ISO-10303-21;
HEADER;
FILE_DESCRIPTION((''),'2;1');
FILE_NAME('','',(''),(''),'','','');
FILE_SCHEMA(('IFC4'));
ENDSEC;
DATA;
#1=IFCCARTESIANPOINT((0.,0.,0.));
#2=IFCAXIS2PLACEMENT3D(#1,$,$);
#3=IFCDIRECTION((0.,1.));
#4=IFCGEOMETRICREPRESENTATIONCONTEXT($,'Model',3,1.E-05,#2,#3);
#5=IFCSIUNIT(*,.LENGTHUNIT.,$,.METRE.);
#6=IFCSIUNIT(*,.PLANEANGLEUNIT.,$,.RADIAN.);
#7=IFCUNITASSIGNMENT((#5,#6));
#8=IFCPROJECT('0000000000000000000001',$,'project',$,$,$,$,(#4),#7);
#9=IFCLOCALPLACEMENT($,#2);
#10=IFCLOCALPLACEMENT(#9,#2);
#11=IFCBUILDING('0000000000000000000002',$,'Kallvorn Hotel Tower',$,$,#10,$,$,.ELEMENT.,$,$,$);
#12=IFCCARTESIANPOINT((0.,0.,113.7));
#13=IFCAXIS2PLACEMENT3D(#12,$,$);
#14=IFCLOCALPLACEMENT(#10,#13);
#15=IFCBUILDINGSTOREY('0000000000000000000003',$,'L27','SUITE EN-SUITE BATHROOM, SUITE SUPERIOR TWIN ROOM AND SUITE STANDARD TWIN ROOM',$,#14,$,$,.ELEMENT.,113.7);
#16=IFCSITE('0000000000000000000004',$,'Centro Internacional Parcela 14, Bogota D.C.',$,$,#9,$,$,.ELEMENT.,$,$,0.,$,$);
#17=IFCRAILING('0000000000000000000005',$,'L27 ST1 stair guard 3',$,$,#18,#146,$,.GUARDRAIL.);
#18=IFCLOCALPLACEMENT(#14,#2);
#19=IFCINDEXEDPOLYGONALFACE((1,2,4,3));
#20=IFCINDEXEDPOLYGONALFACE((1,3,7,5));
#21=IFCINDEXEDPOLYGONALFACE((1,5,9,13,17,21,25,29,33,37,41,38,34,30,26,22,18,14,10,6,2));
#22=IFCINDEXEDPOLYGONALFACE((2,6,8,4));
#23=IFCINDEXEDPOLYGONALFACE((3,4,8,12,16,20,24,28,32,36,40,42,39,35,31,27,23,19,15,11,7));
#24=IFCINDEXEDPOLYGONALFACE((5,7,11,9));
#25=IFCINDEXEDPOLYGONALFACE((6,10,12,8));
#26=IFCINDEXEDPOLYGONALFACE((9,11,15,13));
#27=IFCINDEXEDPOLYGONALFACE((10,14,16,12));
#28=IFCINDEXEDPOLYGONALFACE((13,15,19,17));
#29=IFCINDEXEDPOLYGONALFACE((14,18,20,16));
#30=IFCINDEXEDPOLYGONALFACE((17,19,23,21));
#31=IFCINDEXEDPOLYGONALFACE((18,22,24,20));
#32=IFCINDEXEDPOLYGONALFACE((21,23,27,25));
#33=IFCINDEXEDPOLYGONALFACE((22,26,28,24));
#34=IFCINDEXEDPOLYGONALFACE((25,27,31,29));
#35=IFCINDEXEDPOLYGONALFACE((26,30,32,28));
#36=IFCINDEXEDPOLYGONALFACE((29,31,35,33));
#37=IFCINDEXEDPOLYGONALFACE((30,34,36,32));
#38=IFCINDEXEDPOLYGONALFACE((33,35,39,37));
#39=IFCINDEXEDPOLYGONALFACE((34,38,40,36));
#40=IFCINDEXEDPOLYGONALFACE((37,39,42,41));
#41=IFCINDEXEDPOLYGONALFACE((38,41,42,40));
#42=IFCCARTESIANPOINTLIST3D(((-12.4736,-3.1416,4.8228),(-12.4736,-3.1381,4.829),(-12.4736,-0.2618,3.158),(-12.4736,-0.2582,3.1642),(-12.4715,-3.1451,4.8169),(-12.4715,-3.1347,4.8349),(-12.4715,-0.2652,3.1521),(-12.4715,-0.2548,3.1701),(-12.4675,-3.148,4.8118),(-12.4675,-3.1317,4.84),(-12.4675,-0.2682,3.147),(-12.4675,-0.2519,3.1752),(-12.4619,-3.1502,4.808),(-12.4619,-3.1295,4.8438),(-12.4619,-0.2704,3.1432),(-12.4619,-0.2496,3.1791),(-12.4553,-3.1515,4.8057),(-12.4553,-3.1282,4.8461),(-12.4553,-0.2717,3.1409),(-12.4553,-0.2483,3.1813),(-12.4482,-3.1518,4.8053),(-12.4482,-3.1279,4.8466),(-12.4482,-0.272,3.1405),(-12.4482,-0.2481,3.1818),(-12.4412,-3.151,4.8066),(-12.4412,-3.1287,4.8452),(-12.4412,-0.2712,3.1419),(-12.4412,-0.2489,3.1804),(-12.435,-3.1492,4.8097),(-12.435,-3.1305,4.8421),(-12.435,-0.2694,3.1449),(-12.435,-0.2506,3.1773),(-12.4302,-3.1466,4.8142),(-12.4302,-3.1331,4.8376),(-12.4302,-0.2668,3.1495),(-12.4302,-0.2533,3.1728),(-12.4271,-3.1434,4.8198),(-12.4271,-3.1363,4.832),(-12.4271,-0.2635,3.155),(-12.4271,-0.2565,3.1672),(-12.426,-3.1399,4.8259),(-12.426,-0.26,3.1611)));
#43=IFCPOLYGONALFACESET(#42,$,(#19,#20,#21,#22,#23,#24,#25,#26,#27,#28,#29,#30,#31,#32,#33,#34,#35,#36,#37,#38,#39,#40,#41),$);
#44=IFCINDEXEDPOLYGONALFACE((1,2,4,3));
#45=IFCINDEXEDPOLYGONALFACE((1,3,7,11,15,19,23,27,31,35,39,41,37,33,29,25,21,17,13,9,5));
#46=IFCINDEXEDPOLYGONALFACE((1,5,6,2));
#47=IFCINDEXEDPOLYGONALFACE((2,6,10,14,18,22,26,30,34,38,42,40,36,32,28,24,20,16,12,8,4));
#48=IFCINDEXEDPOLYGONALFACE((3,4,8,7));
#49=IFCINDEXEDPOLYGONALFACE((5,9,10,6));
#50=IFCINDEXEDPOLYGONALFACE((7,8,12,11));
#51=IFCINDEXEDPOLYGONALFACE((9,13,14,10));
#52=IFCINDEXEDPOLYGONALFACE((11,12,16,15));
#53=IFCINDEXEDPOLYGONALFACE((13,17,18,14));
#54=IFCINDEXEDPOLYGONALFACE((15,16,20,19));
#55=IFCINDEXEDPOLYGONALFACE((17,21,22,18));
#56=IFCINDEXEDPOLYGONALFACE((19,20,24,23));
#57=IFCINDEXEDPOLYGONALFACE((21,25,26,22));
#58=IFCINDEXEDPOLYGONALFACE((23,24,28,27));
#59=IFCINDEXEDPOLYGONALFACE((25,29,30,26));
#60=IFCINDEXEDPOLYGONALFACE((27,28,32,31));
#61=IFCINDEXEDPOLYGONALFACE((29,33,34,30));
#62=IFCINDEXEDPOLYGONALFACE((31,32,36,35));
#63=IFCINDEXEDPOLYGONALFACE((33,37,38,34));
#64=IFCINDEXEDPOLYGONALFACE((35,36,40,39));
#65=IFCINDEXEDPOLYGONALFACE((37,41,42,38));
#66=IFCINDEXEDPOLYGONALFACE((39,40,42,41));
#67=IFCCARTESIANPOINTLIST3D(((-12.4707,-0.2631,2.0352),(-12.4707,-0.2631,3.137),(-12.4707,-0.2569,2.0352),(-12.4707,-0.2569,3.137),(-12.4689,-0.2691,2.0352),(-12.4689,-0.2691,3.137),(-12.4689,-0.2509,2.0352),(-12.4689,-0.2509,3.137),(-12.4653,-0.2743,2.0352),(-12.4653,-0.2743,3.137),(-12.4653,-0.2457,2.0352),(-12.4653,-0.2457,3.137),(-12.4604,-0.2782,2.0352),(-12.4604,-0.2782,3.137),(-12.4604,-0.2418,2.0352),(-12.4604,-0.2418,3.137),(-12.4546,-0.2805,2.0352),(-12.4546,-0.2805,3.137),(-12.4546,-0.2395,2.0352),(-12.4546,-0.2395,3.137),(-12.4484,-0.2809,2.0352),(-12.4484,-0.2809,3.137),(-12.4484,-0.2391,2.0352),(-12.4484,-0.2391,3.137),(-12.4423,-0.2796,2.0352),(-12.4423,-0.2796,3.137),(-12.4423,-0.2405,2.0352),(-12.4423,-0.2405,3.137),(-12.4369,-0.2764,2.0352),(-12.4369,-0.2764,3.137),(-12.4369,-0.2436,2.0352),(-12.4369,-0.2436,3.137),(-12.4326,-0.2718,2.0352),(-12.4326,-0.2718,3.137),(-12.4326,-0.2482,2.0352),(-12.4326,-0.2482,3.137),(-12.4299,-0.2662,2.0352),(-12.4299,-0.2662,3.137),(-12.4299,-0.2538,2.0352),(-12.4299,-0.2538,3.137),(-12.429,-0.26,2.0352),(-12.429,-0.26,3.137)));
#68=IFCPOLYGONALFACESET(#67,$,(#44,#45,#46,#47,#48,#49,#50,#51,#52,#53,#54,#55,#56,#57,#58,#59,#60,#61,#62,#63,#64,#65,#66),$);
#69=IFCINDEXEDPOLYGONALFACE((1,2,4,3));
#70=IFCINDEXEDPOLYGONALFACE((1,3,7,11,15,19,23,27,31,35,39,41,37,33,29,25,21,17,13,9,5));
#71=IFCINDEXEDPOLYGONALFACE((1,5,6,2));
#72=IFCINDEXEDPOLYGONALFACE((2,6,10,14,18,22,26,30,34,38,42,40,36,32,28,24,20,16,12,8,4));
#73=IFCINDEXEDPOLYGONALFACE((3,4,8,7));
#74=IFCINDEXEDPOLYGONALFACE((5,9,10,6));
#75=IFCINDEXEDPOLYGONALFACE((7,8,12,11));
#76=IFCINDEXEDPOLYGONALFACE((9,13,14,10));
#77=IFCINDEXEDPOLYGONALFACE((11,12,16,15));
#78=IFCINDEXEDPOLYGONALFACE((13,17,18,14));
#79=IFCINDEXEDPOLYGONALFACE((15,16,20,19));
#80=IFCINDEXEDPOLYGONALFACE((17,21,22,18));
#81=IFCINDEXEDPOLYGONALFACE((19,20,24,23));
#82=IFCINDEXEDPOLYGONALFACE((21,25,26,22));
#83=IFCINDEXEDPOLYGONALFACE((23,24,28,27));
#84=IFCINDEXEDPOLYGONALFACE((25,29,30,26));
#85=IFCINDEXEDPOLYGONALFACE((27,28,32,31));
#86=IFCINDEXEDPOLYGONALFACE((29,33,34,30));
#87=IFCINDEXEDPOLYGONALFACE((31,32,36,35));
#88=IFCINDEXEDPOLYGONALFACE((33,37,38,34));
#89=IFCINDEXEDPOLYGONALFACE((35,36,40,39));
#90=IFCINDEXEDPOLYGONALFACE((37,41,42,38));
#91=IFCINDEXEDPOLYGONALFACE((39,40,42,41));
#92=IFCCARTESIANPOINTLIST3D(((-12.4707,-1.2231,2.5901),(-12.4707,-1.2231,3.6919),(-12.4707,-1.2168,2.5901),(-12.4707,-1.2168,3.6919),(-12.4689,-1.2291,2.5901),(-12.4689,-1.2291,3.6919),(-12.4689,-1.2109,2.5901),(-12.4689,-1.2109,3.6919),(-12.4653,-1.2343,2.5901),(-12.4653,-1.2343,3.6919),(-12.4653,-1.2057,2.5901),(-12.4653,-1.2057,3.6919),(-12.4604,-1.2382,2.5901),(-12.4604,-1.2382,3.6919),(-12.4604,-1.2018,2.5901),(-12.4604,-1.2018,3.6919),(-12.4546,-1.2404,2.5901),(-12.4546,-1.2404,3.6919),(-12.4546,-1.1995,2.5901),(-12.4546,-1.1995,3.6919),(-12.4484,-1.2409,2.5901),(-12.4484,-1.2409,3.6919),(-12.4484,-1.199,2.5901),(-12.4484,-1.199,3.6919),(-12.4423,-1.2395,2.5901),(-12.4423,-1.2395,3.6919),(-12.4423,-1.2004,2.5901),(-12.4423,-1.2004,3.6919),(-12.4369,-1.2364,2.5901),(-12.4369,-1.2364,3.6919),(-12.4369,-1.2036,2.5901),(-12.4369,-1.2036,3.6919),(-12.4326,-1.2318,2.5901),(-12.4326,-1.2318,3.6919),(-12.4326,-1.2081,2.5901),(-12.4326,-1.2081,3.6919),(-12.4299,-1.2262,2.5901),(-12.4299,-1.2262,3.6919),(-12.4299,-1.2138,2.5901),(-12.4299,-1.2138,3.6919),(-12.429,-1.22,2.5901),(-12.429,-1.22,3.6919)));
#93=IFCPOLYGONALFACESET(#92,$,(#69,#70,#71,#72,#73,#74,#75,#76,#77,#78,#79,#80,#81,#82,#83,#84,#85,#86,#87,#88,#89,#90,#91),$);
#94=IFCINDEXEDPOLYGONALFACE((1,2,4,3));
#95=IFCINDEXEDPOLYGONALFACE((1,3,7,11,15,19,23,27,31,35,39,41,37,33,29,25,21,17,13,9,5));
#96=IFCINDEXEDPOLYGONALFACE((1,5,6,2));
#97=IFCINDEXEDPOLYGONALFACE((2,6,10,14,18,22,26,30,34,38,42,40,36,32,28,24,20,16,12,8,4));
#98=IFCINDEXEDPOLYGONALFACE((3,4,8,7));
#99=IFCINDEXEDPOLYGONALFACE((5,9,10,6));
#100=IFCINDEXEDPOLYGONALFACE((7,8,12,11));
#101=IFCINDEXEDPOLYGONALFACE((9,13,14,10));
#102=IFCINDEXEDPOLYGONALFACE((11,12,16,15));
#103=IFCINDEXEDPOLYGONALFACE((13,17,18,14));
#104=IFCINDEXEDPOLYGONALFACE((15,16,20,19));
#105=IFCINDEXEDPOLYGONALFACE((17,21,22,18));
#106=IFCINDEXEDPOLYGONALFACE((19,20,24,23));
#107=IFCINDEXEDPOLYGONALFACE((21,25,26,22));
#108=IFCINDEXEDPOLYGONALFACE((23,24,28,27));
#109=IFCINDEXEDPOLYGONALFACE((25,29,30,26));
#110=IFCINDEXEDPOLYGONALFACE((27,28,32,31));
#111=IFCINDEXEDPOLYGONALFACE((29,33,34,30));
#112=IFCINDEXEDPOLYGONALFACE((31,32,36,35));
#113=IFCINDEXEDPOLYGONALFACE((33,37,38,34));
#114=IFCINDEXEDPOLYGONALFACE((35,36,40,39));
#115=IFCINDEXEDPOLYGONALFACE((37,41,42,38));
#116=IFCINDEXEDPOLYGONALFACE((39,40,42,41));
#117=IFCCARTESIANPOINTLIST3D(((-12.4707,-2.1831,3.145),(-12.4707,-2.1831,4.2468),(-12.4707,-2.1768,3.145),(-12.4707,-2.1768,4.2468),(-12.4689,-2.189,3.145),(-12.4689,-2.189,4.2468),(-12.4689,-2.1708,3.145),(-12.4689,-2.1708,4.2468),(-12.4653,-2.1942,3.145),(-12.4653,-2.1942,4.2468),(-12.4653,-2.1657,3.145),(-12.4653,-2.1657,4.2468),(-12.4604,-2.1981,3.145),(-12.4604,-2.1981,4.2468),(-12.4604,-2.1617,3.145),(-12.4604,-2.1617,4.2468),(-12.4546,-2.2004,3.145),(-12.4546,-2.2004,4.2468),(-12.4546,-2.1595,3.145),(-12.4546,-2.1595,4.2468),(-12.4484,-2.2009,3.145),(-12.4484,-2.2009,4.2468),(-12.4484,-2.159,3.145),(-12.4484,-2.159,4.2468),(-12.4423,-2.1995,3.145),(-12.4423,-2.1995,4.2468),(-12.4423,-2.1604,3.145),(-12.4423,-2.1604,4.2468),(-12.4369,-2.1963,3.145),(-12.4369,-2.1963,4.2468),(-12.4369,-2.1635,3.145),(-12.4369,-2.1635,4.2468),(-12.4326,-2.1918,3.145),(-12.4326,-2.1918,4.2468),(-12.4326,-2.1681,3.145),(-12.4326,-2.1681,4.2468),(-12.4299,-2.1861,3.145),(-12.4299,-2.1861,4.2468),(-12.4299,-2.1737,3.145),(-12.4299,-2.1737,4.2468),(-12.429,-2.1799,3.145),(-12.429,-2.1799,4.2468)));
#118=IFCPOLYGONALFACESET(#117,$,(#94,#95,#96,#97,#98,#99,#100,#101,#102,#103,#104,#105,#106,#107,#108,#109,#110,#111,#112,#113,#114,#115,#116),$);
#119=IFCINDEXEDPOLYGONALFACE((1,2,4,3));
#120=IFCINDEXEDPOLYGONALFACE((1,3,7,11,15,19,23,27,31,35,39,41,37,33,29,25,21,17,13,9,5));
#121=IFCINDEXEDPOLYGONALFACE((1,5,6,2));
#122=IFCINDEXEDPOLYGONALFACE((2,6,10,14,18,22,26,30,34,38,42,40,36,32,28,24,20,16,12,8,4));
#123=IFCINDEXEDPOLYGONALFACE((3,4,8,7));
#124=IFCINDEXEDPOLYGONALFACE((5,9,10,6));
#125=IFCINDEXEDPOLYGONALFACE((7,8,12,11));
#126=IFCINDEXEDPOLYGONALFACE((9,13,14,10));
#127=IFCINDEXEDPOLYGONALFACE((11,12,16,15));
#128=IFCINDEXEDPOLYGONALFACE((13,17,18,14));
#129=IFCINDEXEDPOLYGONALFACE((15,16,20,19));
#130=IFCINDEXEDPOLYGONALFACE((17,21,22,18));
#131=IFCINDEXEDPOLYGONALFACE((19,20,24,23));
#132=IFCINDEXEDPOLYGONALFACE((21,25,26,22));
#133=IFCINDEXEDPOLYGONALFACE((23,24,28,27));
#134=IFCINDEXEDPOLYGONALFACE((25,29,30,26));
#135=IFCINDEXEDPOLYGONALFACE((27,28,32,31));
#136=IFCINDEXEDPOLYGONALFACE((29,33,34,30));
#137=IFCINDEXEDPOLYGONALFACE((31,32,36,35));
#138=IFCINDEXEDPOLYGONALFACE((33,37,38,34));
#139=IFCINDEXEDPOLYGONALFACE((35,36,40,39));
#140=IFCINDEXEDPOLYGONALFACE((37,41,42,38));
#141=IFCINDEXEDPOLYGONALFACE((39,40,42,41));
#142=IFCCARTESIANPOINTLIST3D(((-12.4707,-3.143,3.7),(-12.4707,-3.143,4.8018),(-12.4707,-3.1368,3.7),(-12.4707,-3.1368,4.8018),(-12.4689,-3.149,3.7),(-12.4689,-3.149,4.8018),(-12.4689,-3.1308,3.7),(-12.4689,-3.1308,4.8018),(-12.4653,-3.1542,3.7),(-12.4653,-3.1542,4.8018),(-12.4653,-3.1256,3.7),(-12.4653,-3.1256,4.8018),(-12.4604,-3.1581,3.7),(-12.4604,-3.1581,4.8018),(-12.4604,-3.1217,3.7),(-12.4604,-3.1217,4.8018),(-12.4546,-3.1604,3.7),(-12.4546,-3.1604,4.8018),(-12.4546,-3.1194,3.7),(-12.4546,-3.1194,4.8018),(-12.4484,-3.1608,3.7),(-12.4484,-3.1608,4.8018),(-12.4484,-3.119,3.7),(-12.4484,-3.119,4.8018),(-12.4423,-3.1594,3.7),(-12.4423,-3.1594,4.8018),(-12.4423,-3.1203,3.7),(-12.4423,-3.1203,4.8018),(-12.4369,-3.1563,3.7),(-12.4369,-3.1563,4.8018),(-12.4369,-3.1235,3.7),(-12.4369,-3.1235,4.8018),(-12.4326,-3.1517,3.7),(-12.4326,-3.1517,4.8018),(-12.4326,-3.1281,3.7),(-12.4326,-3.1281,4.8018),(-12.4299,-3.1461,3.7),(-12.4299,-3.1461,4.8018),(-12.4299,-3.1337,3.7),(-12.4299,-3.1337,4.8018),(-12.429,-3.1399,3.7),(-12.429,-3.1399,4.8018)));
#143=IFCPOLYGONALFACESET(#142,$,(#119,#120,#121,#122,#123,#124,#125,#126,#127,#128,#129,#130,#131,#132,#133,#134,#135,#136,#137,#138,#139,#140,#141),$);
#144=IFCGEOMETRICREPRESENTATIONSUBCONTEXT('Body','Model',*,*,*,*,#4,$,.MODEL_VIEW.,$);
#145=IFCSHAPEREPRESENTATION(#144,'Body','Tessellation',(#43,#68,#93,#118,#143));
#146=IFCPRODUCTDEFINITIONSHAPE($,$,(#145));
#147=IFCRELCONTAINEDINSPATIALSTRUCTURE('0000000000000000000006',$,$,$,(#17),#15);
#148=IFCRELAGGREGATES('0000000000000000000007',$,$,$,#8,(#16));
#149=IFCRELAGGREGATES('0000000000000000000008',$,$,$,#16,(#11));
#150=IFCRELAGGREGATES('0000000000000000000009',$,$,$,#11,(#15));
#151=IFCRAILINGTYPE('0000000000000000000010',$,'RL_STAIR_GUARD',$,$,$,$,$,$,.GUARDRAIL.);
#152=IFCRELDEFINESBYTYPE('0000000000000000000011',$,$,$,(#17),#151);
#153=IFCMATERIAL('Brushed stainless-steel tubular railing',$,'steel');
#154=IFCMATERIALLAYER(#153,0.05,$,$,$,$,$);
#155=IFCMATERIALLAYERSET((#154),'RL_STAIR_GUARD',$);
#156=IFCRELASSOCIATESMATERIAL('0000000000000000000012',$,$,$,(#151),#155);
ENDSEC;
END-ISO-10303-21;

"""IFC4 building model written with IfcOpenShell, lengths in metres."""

from ifc_helpers import new_model, si_unit, direction, frame, origin, origin_2d, place, context, subcontext, project, spatial, circle, extrude, material, layer, layer_set, type_object, element, save


model = new_model("IFC4")

# Units and contexts
model_context = context("Model", 3, precision=1e-05, world=origin(), true_north=direction((0.0, 1.0)))
body_context = subcontext(model_context, "Body", "Model", "MODEL_VIEW")
ifc_project = project(units=[si_unit("LENGTHUNIT", "METRE"), si_unit("PLANEANGLEUNIT", "RADIAN")], contexts=[model_context])

# Site, building, storey
site_placement = place(None, origin())
site = spatial("IfcSite", under=ifc_project, at=site_placement, Name="Centro Internacional Parcela 14, Bogota D.C.", CompositionType="ELEMENT", RefElevation=0.0)
building_placement = place(site_placement, origin())
building = spatial("IfcBuilding", under=site, at=building_placement, Name="Kallvorn Hotel Tower", CompositionType="ELEMENT")
storey_placement = place(building_placement, frame((0.0, 0.0, 113.7)))
storey = spatial("IfcBuildingStorey", under=building, at=storey_placement, Name="L27", Description="SUITE EN-SUITE BATHROOM, SUITE SUPERIOR TWIN ROOM AND SUITE STANDARD TWIN ROOM", CompositionType="ELEMENT", Elevation=113.7)

# Railing
ifc_material_1 = material(Name="Brushed stainless-steel tubular railing", Category="steel")
ifc_layer_1 = layer(ifc_material_1, 0.05)
ifc_layer_set_1 = layer_set([ifc_layer_1], Name="RL_STAIR_GUARD")
railing_type_1 = type_object("IfcRailingType", Name="RL_STAIR_GUARD", PredefinedType="GUARDRAIL", material=ifc_layer_set_1)
railing_1_placement = place(storey_placement, frame((-12.45, -0.26, 2.0352)))
element("IfcRailing", 1, at=railing_1_placement, inside=storey, type_object=railing_type_1, Name="L27 ST1 stair guard 3", PredefinedType="GUARDRAIL", context=body_context, shape_type="SweptSolid", body=[
    extrude(circle(Radius=0.0239, at=origin_2d()), frame((0.0, 0.0, 1.126), z_axis=(0.0, -0.865753, 0.500472), x_axis=(1.0, 0.0, 0.0)), (0.0, 0.0, 1.0), 3.3264),
    extrude(circle(Radius=0.021, at=origin_2d()), origin(), (0.0, 0.0, 1.0), 1.1018),
    extrude(circle(Radius=0.021, at=origin_2d()), frame((0.0, -0.96, 0.5549)), (0.0, 0.0, 1.0), 1.1018),
    extrude(circle(Radius=0.021, at=origin_2d()), frame((0.0, -1.9199, 1.1099)), (0.0, 0.0, 1.0), 1.1018),
    extrude(circle(Radius=0.021, at=origin_2d()), frame((0.0, -2.8799, 1.6648)), (0.0, 0.0, 1.0), 1.1018),
])

save(model, "model.ifc")
